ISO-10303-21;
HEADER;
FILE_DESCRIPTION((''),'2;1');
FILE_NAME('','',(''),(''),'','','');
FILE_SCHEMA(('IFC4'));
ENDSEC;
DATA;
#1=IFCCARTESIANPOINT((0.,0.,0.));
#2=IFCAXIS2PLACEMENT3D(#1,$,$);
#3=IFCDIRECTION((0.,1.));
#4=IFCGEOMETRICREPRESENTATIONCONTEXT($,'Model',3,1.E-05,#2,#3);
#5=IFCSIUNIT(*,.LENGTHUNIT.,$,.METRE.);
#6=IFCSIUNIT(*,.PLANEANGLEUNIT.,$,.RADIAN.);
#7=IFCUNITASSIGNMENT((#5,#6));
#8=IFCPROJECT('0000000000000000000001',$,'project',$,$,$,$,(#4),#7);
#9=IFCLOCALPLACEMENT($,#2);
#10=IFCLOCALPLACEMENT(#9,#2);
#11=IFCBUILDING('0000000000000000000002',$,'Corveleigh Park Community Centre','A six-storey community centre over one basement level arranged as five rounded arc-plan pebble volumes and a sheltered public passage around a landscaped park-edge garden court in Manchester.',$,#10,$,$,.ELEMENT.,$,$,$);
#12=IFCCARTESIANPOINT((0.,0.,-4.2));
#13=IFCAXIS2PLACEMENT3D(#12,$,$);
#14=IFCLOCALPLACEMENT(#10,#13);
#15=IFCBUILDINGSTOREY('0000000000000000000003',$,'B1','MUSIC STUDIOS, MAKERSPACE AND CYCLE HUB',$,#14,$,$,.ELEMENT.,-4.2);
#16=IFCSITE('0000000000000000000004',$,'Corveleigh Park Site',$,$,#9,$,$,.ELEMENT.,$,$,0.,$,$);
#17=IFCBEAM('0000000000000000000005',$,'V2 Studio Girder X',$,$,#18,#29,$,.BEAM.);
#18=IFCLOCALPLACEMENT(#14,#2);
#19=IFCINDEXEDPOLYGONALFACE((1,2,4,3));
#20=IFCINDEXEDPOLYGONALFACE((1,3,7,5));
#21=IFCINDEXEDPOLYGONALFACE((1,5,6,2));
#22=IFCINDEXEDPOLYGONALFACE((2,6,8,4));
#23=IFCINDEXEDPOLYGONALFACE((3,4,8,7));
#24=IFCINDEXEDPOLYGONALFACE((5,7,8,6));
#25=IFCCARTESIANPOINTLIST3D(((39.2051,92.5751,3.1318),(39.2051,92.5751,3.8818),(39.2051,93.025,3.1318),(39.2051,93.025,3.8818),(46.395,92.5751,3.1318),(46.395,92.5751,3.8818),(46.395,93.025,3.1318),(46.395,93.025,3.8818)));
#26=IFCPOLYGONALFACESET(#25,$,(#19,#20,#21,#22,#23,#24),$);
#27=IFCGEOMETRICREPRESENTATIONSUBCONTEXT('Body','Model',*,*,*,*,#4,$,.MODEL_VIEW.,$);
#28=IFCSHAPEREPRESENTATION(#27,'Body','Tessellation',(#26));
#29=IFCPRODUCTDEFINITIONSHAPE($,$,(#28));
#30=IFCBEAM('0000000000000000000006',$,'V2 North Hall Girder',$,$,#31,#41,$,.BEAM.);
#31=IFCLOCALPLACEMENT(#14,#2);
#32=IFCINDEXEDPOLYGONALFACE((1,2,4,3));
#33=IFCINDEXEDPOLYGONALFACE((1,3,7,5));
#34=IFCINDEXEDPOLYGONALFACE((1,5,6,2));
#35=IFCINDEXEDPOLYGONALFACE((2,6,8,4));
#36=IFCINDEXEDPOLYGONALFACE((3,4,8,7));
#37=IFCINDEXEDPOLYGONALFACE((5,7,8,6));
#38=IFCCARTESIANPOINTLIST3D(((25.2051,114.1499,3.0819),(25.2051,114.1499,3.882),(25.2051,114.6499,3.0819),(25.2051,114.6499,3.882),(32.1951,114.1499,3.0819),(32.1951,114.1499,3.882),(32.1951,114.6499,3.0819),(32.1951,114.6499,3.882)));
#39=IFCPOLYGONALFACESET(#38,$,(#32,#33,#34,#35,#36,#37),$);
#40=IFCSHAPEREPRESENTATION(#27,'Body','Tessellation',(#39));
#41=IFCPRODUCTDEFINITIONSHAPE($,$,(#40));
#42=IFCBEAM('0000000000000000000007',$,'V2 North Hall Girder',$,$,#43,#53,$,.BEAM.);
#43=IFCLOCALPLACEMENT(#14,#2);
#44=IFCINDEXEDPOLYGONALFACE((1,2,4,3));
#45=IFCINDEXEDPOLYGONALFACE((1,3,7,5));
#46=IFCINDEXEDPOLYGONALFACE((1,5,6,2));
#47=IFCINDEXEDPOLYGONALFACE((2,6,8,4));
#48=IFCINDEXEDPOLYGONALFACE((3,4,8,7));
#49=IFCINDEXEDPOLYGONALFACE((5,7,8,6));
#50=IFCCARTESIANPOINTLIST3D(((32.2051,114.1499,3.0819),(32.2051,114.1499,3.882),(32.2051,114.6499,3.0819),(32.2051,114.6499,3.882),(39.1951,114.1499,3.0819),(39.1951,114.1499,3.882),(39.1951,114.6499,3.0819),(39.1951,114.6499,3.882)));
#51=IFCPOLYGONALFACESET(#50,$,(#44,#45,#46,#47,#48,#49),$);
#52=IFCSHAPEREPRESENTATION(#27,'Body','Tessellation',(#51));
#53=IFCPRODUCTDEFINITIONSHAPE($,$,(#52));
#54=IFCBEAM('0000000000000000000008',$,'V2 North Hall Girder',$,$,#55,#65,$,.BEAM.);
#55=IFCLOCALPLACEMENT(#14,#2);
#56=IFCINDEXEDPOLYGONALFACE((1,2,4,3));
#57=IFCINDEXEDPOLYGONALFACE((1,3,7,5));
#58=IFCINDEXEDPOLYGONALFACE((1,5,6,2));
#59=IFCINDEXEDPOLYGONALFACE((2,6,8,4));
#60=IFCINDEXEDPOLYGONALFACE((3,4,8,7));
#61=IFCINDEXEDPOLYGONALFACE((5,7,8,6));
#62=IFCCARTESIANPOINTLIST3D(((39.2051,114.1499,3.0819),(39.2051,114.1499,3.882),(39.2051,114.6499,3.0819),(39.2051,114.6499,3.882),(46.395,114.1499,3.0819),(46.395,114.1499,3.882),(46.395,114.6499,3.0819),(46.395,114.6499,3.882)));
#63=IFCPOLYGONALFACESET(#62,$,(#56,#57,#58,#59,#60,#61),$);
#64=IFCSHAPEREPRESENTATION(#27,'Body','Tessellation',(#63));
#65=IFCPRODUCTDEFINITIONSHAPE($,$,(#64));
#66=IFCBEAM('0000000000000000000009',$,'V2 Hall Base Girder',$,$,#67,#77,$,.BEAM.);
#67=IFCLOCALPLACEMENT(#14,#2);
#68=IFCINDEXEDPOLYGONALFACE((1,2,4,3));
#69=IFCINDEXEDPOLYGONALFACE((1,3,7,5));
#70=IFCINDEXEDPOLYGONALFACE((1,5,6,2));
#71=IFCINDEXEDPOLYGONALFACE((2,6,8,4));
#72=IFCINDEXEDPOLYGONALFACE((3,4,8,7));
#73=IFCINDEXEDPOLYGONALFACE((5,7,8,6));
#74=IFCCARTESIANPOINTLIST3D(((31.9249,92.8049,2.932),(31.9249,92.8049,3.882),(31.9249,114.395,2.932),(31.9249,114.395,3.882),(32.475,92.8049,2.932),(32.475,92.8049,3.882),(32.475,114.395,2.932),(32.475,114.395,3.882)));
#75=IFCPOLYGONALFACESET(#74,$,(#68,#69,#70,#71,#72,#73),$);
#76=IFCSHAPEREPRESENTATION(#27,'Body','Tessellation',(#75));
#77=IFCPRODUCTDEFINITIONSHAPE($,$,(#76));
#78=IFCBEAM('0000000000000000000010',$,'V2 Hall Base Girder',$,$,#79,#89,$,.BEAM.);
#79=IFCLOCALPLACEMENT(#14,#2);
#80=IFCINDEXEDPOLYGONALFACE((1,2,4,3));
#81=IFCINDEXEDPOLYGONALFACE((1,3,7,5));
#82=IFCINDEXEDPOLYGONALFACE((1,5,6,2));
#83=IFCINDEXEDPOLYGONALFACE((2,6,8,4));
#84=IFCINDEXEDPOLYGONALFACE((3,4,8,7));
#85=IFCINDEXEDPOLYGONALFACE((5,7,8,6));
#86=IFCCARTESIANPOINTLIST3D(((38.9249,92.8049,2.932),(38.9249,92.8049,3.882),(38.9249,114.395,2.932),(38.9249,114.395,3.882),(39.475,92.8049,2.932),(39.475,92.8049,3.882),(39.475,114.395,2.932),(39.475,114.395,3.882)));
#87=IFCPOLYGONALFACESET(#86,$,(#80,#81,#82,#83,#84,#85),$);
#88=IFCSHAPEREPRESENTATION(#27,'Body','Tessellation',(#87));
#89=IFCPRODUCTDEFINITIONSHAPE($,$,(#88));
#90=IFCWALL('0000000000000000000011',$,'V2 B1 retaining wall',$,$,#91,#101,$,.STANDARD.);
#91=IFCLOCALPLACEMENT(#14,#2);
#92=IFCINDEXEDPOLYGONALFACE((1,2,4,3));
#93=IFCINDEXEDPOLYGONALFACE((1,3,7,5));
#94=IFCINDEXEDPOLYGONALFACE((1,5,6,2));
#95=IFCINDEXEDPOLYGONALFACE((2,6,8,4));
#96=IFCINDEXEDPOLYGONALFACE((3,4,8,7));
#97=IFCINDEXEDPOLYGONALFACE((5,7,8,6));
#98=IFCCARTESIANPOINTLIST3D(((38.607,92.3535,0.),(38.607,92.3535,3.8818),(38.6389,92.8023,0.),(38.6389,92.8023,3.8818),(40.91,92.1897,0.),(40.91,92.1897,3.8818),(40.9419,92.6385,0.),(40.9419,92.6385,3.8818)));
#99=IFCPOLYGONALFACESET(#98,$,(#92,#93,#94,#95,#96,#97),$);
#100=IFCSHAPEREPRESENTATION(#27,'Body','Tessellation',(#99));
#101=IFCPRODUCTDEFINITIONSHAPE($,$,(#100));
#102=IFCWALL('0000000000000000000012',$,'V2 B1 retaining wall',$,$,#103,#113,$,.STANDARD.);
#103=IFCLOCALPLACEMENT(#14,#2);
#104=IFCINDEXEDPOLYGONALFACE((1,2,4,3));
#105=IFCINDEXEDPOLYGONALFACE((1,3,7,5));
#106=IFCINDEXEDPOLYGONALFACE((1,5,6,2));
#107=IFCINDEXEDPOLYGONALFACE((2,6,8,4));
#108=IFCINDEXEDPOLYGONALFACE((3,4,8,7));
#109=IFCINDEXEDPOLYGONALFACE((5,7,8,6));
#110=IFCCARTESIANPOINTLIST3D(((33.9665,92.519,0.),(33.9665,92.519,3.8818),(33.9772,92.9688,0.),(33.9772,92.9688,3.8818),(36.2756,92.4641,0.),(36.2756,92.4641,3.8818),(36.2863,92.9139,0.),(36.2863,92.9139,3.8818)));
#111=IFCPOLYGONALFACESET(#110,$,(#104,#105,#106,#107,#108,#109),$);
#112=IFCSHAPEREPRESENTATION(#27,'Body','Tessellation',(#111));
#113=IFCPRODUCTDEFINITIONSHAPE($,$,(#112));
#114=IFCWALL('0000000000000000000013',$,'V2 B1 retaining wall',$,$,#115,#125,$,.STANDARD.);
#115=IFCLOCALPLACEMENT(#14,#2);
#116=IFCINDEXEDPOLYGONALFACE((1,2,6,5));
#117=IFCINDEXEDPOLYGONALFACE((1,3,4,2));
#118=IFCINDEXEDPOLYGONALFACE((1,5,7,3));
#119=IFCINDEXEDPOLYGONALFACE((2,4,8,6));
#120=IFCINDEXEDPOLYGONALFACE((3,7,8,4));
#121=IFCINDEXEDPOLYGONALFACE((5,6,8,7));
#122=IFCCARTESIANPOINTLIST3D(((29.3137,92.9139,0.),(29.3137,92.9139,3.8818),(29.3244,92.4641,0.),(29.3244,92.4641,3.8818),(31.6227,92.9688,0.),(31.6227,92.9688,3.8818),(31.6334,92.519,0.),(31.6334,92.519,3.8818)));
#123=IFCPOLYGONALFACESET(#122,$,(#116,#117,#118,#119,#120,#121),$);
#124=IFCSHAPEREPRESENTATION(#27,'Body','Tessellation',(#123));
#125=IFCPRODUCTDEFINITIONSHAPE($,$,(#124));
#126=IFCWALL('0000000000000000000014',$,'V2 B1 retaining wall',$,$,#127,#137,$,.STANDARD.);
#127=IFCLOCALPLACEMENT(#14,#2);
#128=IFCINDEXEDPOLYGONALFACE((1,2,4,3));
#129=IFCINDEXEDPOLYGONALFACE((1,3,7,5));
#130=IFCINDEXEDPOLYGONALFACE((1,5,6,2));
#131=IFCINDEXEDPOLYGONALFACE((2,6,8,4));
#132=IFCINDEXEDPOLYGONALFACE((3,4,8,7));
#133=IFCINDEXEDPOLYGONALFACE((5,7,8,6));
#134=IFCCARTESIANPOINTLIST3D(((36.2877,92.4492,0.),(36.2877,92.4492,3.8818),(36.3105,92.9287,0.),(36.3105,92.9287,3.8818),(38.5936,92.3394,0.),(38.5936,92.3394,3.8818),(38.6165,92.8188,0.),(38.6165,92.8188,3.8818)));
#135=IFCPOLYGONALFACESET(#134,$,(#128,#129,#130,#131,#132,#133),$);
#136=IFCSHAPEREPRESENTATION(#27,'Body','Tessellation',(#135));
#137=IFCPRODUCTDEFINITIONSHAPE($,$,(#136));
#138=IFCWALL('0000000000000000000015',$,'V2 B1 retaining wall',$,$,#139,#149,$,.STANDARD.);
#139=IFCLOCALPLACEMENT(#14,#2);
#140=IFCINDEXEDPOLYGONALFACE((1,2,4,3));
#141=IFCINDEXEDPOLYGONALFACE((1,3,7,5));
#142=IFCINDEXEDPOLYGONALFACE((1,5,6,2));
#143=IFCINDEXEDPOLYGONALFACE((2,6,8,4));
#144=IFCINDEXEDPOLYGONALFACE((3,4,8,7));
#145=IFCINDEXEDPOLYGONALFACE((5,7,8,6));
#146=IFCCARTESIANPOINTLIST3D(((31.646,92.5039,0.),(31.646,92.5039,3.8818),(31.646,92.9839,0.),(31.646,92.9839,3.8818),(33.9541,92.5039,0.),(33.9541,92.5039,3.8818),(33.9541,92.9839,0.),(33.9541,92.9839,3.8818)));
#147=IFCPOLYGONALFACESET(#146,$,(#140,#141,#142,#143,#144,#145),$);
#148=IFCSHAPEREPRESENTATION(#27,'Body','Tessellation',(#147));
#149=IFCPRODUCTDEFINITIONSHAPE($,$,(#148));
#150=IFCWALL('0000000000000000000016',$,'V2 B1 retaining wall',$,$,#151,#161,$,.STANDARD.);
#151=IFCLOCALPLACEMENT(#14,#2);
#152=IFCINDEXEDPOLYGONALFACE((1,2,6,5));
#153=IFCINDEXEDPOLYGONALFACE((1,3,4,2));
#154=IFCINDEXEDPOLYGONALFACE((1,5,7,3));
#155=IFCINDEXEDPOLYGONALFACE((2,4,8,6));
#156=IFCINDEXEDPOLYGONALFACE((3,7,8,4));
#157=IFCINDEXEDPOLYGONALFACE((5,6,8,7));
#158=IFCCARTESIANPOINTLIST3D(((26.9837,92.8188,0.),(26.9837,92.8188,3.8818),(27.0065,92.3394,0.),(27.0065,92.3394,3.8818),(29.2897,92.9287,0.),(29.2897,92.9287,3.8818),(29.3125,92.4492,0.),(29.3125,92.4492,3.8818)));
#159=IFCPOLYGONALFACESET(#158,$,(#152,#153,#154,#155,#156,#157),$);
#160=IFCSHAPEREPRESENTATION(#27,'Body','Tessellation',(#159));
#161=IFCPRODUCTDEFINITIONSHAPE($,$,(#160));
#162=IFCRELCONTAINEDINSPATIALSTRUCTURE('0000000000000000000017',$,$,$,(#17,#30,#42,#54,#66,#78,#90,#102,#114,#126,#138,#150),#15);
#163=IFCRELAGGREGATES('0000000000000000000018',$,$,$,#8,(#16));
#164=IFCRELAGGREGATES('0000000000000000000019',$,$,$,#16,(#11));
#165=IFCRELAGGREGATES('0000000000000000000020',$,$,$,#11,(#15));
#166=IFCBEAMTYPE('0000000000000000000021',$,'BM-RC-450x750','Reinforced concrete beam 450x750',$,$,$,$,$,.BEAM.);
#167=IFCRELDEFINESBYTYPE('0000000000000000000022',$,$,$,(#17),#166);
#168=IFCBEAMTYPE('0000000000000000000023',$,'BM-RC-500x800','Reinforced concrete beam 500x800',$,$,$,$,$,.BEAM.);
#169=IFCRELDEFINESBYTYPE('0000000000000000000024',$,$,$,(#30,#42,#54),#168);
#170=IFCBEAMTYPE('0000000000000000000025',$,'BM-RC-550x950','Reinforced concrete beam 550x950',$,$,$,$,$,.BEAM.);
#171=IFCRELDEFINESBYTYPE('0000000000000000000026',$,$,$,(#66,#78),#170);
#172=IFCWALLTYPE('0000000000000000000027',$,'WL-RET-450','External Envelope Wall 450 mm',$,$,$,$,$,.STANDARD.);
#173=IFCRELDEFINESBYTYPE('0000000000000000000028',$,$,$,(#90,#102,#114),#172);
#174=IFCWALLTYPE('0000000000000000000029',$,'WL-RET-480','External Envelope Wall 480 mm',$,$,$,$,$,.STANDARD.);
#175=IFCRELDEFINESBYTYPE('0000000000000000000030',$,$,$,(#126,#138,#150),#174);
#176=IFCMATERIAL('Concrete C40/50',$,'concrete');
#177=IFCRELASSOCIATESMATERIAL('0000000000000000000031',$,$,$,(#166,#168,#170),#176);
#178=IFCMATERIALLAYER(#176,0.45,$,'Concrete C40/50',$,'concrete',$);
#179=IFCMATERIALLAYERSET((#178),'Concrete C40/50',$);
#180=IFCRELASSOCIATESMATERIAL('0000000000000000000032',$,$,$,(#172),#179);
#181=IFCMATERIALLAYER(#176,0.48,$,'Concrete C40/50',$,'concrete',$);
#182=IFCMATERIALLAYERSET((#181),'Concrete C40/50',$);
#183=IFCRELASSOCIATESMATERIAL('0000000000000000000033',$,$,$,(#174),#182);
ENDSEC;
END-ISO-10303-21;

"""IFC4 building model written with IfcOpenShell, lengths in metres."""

from ifc_helpers import new_model, si_unit, direction, frame, frame_2d, origin, origin_2d, place, context, subcontext, project, spatial, rectangle, extrude, material, layer, layer_set, material_profile, profile_set, type_object, element, save


model = new_model("IFC4")

# Units and contexts
model_context = context("Model", 3, precision=1e-05, world=origin(), true_north=direction((0.0, 1.0)))
body_context = subcontext(model_context, "Body", "Model", "MODEL_VIEW")
ifc_project = project(units=[si_unit("LENGTHUNIT", "METRE"), si_unit("PLANEANGLEUNIT", "RADIAN")], contexts=[model_context])

# Site, building, storey
site_placement = place(None, origin())
site = spatial("IfcSite", under=ifc_project, at=site_placement, Name="Corveleigh Park Site", CompositionType="ELEMENT", RefElevation=0.0)
building_placement = place(site_placement, origin())
building = spatial("IfcBuilding", under=site, at=building_placement, Name="Corveleigh Park Community Centre", Description="A six-storey community centre over one basement level arranged as five rounded arc-plan pebble volumes and a sheltered public passage around a landscaped park-edge garden court in Manchester.", CompositionType="ELEMENT")
storey_placement = place(building_placement, frame((0.0, 0.0, -4.2)))
storey = spatial("IfcBuildingStorey", under=building, at=storey_placement, Name="B1", Description="MUSIC STUDIOS, MAKERSPACE AND CYCLE HUB", CompositionType="ELEMENT", Elevation=-4.2)

# Shared definitions
ifc_material_1 = material(Name="Concrete C40/50", Category="concrete")

# Beams
ifc_material_profile_1 = material_profile(ifc_material_1, rectangle(XDim=0.45, YDim=0.75, at=origin_2d()), Name="RC-450x750", Category="concrete")
ifc_profile_set_1 = profile_set([ifc_material_profile_1], Name="Concrete C40/50")
beam_type_1 = type_object("IfcBeamType", Name="BM-RC-450x750", Description="Reinforced concrete beam 450x750", PredefinedType="BEAM", material=ifc_profile_set_1)
beam_1_placement = place(storey_placement, frame((39.2051, 92.8, 3.5068), z_axis=(1.0, 0.0, 0.0), x_axis=(0.0, 1.0, 0.0)))
element("IfcBeam", 1, at=beam_1_placement, inside=storey, type_object=beam_type_1, Name="V2 Studio Girder X", PredefinedType="BEAM", context=body_context, shape_type="SweptSolid", body=[
    extrude(rectangle(XDim=0.45, YDim=0.75, at=origin_2d()), origin(), (0.0, 0.0, 1.0), 7.1899),
])
ifc_material_profile_2 = material_profile(ifc_material_1, rectangle(XDim=0.5, YDim=0.8, at=origin_2d()), Name="RC-500x800", Category="concrete")
ifc_profile_set_2 = profile_set([ifc_material_profile_2], Name="Concrete C40/50")
beam_type_2 = type_object("IfcBeamType", Name="BM-RC-500x800", Description="Reinforced concrete beam 500x800", PredefinedType="BEAM", material=ifc_profile_set_2)
for number, where, z_axis, x_axis, name in (
    (2, (25.2051, 114.3999, 3.4819), (1.0, 0.0, 0.0), (0.0, 1.0, 0.0), "V2 North Hall Girder"),
    (3, (32.2051, 114.3999, 3.4819), (1.0, 0.0, 0.0), (0.0, 1.0, 0.0), "V2 North Hall Girder"),
):
    element("IfcBeam", number, at=place(storey_placement, frame(where, z_axis=z_axis, x_axis=x_axis)), inside=storey, type_object=beam_type_2, Name=name, PredefinedType="BEAM", context=body_context, shape_type="SweptSolid", body=[
        extrude(rectangle(XDim=0.5, YDim=0.8, at=origin_2d()), origin(), (0.0, 0.0, 1.0), 6.99),
    ])
beam_2_placement = place(storey_placement, frame((39.2051, 114.3999, 3.4819), z_axis=(1.0, 0.0, 0.0), x_axis=(0.0, 1.0, 0.0)))
element("IfcBeam", 4, at=beam_2_placement, inside=storey, type_object=beam_type_2, Name="V2 North Hall Girder", PredefinedType="BEAM", context=body_context, shape_type="SweptSolid", body=[
    extrude(rectangle(XDim=0.5, YDim=0.8, at=origin_2d()), origin(), (0.0, 0.0, 1.0), 7.1899),
])
ifc_material_profile_3 = material_profile(ifc_material_1, rectangle(XDim=0.55, YDim=0.95, at=origin_2d()), Name="RC-550x950", Category="concrete")
ifc_profile_set_3 = profile_set([ifc_material_profile_3], Name="Concrete C40/50")
beam_type_3 = type_object("IfcBeamType", Name="BM-RC-550x950", Description="Reinforced concrete beam 550x950", PredefinedType="BEAM", material=ifc_profile_set_3)
for number, where, z_axis, x_axis, name in (
    (5, (32.2, 92.8049, 3.407), (0.0, 1.0, 0.0), (-1.0, 0.0, 0.0), "V2 Hall Base Girder"),
    (6, (39.2, 92.8049, 3.407), (0.0, 1.0, 0.0), (-1.0, 0.0, 0.0), "V2 Hall Base Girder"),
):
    element("IfcBeam", number, at=place(storey_placement, frame(where, z_axis=z_axis, x_axis=x_axis)), inside=storey, type_object=beam_type_3, Name=name, PredefinedType="BEAM", context=body_context, shape_type="SweptSolid", body=[
        extrude(rectangle(XDim=0.55, YDim=0.95, at=origin_2d()), origin(), (0.0, 0.0, 1.0), 21.5901),
    ])

# Walls
ifc_layer_1 = layer(ifc_material_1, 0.45, Name="Concrete C40/50", Category="concrete")
ifc_layer_set_1 = layer_set([ifc_layer_1], Name="Concrete C40/50")
wall_type_1 = type_object("IfcWallType", Name="WL-RET-450", Description="External Envelope Wall 450 mm", PredefinedType="STANDARD", material=ifc_layer_set_1)
wall_1_placement = place(storey_placement, frame((38.623, 92.5779, 0.0), z_axis=(0.0, 0.0, 1.0), x_axis=(0.99748, -0.070954, 0.0)))
element("IfcWall", 7, at=wall_1_placement, inside=storey, type_object=wall_type_1, Name="V2 B1 retaining wall", PredefinedType="STANDARD", context=body_context, shape_type="SweptSolid", body=[
    extrude(rectangle(XDim=2.3088, YDim=0.45, at=frame_2d((1.1543, 0.0))), origin(), (0.0, 0.0, 1.0), 3.8818),
])
wall_2_placement = place(storey_placement, frame((33.9719, 92.7439, 0.0), z_axis=(0.0, 0.0, 1.0), x_axis=(0.999717, -0.023783, 0.0)))
element("IfcWall", 8, at=wall_2_placement, inside=storey, type_object=wall_type_1, Name="V2 B1 retaining wall", PredefinedType="STANDARD", context=body_context, shape_type="SweptSolid", body=[
    extrude(rectangle(XDim=2.3098, YDim=0.45, at=frame_2d((1.1548, 0.0))), origin(), (0.0, 0.0, 1.0), 3.8818),
])
wall_3_placement = place(storey_placement, frame((29.3191, 92.689, 0.0), z_axis=(0.0, 0.0, 1.0), x_axis=(0.999717, 0.023785, 0.0)))
element("IfcWall", 9, at=wall_3_placement, inside=storey, type_object=wall_type_1, Name="V2 B1 retaining wall", PredefinedType="STANDARD", context=body_context, shape_type="SweptSolid", body=[
    extrude(rectangle(XDim=2.3096, YDim=0.45, at=frame_2d((1.1548, 0.0))), origin(), (0.0, 0.0, 1.0), 3.8818),
])
ifc_layer_2 = layer(ifc_material_1, 0.48, Name="Concrete C40/50", Category="concrete")
ifc_layer_set_2 = layer_set([ifc_layer_2], Name="Concrete C40/50")
wall_type_2 = type_object("IfcWallType", Name="WL-RET-480", Description="External Envelope Wall 480 mm", PredefinedType="STANDARD", material=ifc_layer_set_2)
wall_4_placement = place(storey_placement, frame((36.2991, 92.689, 0.0), z_axis=(0.0, 0.0, 1.0), x_axis=(0.998867, -0.04759, 0.0)))
element("IfcWall", 10, at=wall_4_placement, inside=storey, type_object=wall_type_2, Name="V2 B1 retaining wall", PredefinedType="STANDARD", context=body_context, shape_type="SweptSolid", body=[
    extrude(rectangle(XDim=2.3086, YDim=0.48, at=frame_2d((1.1543, 0.0))), origin(), (0.0, 0.0, 1.0), 3.8818),
])
wall_5_placement = place(storey_placement, frame((31.646, 92.7439, 0.0), z_axis=(0.0, 0.0, 1.0), x_axis=(1.0, 0.0, 0.0)))
element("IfcWall", 11, at=wall_5_placement, inside=storey, type_object=wall_type_2, Name="V2 B1 retaining wall", PredefinedType="STANDARD", context=body_context, shape_type="SweptSolid", body=[
    extrude(rectangle(XDim=2.3081, YDim=0.48, at=frame_2d((1.1541, 0.0))), origin(), (0.0, 0.0, 1.0), 3.8818),
])
wall_6_placement = place(storey_placement, frame((26.9951, 92.5791, 0.0), z_axis=(0.0, 0.0, 1.0), x_axis=(0.998867, 0.04759, 0.0)))
element("IfcWall", 12, at=wall_6_placement, inside=storey, type_object=wall_type_2, Name="V2 B1 retaining wall", PredefinedType="STANDARD", context=body_context, shape_type="SweptSolid", body=[
    extrude(rectangle(XDim=2.3086, YDim=0.48, at=frame_2d((1.1543, 0.0))), origin(), (0.0, 0.0, 1.0), 3.8818),
])

save(model, "model.ifc")
